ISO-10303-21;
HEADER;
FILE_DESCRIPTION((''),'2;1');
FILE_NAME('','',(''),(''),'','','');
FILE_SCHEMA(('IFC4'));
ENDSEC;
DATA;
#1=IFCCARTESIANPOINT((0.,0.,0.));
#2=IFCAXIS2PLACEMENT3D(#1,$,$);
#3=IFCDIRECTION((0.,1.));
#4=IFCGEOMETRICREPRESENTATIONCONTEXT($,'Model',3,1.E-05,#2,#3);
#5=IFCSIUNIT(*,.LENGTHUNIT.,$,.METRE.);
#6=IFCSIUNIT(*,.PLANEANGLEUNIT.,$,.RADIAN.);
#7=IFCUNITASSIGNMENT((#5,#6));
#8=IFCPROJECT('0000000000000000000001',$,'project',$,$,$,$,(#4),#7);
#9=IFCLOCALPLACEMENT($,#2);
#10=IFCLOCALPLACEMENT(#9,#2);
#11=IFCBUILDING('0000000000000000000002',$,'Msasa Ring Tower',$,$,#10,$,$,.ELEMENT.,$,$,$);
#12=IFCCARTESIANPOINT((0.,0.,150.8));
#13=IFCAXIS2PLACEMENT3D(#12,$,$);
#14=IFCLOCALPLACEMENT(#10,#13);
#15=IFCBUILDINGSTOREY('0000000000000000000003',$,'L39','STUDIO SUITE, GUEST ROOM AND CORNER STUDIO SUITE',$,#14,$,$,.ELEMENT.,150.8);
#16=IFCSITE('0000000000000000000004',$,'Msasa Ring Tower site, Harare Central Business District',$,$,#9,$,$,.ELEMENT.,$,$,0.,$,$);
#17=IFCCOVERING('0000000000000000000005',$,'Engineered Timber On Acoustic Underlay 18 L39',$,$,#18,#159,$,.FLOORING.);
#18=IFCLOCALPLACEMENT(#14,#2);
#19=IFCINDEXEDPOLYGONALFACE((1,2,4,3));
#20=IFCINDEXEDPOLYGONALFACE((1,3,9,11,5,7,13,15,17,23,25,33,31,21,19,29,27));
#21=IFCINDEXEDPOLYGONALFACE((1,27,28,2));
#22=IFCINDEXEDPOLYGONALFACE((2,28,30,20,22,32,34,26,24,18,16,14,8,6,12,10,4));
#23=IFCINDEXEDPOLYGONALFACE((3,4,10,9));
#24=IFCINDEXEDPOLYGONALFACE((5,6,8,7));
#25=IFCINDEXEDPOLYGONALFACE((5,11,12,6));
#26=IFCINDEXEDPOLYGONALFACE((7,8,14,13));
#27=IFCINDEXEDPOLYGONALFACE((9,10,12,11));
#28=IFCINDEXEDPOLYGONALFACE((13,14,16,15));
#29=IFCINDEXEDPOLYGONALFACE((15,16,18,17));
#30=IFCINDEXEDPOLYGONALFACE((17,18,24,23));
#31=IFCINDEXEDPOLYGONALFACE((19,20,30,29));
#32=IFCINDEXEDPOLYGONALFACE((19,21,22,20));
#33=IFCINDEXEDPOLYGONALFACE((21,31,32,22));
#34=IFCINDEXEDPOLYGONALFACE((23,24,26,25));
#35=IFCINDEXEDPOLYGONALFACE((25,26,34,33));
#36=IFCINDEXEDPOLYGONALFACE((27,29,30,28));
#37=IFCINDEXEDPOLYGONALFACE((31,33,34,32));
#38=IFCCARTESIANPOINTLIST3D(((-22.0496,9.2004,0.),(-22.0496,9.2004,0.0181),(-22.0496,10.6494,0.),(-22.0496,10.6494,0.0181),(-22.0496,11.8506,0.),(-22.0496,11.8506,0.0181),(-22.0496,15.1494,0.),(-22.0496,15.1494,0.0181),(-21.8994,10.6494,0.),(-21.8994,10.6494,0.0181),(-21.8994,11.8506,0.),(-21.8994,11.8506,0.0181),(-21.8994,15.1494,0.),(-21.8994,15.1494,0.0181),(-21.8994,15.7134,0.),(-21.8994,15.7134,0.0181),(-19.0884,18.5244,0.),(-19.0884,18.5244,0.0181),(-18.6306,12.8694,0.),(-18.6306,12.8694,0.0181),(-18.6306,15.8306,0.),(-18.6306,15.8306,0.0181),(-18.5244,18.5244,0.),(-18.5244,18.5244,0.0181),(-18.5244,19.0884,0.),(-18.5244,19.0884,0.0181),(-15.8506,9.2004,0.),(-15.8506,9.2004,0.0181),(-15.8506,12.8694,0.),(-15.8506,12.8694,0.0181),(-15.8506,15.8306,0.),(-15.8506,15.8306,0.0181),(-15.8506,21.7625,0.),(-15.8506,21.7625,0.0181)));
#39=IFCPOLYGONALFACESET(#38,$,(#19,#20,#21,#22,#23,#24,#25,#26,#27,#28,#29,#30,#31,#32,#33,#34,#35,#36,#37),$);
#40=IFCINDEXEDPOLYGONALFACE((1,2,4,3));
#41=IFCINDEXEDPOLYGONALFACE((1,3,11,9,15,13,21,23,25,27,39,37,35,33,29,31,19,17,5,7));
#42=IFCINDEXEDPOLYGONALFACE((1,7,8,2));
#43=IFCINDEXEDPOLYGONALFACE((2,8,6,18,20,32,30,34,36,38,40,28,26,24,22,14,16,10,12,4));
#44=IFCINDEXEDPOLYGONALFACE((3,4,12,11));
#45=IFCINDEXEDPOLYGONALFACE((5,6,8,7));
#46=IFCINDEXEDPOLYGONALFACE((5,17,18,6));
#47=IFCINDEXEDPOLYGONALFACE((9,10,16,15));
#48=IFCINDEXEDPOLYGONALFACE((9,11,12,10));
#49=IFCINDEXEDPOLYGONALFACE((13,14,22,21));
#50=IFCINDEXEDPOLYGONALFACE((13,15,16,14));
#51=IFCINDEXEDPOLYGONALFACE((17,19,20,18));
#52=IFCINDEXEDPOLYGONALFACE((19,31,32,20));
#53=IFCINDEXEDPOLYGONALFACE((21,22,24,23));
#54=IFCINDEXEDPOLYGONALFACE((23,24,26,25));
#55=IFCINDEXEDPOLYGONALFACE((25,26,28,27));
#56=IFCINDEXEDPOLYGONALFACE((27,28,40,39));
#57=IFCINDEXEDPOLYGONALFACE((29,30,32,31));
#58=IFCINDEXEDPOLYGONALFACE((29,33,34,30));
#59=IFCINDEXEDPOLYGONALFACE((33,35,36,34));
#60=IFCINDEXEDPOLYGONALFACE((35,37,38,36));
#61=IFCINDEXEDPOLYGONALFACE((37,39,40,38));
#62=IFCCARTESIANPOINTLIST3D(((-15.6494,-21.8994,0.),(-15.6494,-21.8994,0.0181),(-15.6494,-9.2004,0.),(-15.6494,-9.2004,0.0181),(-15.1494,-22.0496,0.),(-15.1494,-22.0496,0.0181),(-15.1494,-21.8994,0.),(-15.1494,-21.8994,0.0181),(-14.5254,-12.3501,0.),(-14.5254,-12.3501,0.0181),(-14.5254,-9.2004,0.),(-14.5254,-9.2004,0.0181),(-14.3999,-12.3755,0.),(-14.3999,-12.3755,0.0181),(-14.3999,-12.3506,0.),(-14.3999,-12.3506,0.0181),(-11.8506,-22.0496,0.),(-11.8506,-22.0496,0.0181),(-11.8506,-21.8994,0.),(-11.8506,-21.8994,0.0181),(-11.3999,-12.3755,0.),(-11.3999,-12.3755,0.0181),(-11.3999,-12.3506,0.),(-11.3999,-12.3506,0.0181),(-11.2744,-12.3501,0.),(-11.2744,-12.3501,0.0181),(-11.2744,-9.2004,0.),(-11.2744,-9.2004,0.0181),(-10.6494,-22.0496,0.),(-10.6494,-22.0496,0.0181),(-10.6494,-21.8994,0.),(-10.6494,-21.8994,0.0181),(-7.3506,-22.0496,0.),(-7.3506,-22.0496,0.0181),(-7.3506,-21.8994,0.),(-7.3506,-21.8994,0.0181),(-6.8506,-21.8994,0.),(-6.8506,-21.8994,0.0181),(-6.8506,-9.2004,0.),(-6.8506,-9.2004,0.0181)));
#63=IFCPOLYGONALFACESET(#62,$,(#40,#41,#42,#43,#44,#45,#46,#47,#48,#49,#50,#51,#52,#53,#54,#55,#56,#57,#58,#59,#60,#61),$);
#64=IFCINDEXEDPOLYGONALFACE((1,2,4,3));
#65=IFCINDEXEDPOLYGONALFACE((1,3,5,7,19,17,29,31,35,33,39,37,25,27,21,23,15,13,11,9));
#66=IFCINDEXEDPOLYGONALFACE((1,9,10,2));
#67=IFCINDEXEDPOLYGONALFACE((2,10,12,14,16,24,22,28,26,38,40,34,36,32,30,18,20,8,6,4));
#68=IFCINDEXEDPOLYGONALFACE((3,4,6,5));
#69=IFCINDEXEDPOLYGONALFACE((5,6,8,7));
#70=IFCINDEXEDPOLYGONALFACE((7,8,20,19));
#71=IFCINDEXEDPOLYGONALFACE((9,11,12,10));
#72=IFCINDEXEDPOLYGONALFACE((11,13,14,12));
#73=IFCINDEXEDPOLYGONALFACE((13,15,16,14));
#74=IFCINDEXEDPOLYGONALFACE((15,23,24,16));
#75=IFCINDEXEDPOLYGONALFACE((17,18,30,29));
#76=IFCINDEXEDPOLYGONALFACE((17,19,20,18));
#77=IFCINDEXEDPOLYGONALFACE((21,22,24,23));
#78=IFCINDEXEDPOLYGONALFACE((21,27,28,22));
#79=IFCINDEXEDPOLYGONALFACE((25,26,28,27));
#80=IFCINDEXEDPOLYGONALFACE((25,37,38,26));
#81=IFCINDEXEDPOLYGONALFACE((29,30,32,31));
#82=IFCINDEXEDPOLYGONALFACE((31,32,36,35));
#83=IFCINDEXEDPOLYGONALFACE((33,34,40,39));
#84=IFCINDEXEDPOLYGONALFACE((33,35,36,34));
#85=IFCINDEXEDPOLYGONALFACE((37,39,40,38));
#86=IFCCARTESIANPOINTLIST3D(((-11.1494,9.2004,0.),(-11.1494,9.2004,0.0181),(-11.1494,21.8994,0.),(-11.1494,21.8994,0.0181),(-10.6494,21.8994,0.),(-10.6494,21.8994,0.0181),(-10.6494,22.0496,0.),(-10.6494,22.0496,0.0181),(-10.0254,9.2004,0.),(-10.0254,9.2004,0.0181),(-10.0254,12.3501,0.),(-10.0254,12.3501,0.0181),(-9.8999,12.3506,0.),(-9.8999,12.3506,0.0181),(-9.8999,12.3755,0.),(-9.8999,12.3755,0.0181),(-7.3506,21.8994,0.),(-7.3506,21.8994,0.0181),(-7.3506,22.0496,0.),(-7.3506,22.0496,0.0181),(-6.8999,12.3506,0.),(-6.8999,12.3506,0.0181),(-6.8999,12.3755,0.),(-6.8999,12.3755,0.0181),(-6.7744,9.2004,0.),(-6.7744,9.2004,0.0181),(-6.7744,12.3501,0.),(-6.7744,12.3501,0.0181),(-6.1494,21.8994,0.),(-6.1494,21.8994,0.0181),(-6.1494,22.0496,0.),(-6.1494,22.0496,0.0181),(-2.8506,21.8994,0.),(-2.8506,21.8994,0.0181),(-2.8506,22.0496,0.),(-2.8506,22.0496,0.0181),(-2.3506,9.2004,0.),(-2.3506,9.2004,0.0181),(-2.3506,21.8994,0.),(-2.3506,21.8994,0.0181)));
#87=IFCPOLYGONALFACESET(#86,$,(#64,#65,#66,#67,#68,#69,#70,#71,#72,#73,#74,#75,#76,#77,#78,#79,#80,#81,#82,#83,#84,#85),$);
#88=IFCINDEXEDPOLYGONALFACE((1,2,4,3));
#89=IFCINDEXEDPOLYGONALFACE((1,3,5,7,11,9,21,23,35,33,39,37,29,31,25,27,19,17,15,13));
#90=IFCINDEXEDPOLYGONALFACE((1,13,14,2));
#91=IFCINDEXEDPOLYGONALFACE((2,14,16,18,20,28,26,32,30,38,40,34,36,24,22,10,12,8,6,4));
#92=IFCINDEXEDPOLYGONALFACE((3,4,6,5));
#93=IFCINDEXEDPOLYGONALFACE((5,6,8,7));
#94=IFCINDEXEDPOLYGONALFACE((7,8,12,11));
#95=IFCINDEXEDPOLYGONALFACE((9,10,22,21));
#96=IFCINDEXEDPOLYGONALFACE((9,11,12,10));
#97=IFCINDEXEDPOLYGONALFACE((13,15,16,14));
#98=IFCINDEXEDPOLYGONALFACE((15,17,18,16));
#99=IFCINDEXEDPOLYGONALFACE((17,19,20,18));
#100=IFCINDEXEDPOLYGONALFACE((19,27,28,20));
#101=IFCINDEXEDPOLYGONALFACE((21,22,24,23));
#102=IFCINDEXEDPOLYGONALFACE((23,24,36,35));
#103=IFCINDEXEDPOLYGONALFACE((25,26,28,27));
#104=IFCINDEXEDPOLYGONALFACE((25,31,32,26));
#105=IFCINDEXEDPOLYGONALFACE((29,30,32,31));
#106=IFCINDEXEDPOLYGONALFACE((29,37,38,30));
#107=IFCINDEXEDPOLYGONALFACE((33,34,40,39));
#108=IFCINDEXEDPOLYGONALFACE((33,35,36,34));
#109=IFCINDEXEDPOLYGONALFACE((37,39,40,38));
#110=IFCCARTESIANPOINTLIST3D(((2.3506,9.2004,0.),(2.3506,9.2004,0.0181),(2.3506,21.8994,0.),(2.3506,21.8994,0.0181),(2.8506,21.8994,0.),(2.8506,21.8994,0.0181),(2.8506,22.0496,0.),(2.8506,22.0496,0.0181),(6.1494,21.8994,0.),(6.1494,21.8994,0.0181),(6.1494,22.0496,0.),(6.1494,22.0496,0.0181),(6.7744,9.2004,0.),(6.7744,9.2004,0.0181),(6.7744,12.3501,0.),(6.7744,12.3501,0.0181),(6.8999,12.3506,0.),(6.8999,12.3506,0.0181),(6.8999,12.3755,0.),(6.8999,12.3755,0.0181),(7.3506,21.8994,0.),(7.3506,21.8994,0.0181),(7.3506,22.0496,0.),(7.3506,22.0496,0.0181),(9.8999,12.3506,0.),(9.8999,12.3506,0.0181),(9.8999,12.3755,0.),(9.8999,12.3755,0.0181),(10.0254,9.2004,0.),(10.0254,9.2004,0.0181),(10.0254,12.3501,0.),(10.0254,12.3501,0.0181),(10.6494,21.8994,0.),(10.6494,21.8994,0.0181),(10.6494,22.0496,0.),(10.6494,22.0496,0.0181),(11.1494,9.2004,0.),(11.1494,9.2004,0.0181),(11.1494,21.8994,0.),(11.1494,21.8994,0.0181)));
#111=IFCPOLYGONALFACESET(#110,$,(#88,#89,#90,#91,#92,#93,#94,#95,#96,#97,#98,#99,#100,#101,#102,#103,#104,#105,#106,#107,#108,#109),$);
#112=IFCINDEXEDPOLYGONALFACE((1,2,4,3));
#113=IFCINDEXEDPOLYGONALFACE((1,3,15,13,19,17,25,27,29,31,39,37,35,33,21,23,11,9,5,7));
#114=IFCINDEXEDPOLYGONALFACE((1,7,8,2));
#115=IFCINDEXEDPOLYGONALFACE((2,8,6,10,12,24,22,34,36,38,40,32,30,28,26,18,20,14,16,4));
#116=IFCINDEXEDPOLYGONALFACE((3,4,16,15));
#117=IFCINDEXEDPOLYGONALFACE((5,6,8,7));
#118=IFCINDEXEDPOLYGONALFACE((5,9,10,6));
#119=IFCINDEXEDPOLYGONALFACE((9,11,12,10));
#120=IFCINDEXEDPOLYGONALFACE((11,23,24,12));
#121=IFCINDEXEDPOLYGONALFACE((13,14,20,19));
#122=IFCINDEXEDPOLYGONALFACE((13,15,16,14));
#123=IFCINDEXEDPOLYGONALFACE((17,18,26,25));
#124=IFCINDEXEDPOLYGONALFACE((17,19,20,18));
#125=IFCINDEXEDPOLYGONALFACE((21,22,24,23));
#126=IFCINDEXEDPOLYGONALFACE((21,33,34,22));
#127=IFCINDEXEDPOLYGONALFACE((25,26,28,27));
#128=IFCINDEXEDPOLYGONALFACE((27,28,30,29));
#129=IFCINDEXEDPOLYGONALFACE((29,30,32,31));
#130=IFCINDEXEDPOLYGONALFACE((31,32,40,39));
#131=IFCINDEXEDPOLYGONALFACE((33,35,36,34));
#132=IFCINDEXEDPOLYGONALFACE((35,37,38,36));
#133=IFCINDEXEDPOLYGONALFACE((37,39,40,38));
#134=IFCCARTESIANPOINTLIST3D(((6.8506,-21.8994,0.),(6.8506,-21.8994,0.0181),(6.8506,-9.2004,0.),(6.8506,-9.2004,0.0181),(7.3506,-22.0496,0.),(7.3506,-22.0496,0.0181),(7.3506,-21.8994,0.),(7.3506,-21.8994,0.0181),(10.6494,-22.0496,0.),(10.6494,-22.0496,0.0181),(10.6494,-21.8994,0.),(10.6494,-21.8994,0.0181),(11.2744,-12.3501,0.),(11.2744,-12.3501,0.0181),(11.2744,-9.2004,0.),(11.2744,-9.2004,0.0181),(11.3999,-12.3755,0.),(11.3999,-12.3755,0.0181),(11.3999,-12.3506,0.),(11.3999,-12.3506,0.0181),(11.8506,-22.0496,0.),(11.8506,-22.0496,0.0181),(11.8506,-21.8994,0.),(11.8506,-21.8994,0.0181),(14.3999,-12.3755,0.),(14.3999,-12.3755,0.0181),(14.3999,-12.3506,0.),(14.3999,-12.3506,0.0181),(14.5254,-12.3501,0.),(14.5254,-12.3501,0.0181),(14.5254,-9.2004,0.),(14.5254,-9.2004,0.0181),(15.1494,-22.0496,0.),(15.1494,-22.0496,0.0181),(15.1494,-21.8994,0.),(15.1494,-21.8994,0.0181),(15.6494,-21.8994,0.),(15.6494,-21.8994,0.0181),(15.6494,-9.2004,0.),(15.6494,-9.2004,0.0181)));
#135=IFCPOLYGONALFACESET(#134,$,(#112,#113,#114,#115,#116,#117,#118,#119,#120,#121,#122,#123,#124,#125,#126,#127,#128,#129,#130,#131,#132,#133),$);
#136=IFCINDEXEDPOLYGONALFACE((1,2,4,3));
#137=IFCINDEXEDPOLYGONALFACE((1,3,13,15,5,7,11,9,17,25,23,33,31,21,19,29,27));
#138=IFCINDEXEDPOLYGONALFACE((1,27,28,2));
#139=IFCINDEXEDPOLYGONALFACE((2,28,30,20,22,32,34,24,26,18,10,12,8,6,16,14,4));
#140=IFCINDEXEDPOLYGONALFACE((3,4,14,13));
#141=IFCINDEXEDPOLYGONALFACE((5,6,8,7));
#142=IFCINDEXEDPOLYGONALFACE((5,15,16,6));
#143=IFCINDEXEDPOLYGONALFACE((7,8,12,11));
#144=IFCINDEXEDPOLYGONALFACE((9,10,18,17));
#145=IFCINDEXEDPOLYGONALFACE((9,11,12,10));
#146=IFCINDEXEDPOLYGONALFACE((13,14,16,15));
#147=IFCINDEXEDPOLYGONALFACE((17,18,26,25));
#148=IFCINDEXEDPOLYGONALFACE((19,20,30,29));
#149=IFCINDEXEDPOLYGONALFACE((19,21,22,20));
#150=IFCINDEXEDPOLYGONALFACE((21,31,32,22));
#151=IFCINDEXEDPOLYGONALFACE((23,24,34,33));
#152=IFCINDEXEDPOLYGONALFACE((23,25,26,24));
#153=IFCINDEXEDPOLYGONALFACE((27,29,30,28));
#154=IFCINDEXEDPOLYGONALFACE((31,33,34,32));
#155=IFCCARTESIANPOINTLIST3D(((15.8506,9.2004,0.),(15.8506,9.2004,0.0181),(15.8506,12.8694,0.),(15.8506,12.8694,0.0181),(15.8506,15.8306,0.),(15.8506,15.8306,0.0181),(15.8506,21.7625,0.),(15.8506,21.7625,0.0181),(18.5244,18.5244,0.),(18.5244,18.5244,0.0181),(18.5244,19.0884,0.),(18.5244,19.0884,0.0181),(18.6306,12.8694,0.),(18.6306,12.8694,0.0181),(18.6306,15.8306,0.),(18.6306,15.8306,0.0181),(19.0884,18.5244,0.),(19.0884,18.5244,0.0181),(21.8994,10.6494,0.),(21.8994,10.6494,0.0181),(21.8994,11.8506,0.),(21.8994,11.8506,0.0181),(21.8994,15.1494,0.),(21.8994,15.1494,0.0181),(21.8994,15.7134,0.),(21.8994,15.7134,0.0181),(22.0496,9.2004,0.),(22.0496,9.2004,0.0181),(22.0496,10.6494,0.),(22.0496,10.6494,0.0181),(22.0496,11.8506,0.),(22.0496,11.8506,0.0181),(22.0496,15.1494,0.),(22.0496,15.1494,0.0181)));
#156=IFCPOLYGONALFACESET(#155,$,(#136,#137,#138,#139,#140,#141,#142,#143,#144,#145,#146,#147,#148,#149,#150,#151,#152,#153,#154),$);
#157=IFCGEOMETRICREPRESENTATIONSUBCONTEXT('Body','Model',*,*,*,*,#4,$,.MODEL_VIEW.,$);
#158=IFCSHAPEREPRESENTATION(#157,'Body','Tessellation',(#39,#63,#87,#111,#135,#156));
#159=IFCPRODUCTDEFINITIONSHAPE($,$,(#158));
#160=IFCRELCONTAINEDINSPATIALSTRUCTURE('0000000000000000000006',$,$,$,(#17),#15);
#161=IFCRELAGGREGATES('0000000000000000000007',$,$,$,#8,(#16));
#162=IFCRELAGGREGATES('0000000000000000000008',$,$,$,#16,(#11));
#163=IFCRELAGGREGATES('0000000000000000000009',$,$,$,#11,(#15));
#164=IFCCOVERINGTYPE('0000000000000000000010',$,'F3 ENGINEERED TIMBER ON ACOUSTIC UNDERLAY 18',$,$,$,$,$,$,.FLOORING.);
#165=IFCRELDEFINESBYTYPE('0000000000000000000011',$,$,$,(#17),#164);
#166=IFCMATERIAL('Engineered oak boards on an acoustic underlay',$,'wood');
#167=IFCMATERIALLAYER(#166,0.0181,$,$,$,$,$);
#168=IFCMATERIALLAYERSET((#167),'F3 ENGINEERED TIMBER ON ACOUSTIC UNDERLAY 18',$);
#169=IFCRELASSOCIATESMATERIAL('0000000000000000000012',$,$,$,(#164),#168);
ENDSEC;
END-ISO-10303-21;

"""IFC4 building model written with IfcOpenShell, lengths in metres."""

from ifc_helpers import new_model, si_unit, direction, frame, origin, place, context, subcontext, project, spatial, line, indexed_curve, outline, extrude, material, layer, layer_set, type_object, element, save


model = new_model("IFC4")

# Units and contexts
model_context = context("Model", 3, precision=1e-05, world=origin(), true_north=direction((0.0, 1.0)))
body_context = subcontext(model_context, "Body", "Model", "MODEL_VIEW")
ifc_project = project(units=[si_unit("LENGTHUNIT", "METRE"), si_unit("PLANEANGLEUNIT", "RADIAN")], contexts=[model_context])

# Site, building, storey
site_placement = place(None, origin())
site = spatial("IfcSite", under=ifc_project, at=site_placement, Name="Msasa Ring Tower site, Harare Central Business District", CompositionType="ELEMENT", RefElevation=0.0)
building_placement = place(site_placement, origin())
building = spatial("IfcBuilding", under=site, at=building_placement, Name="Msasa Ring Tower", CompositionType="ELEMENT")
storey_placement = place(building_placement, frame((0.0, 0.0, 150.8)))
storey = spatial("IfcBuildingStorey", under=building, at=storey_placement, Name="L39", Description="STUDIO SUITE, GUEST ROOM AND CORNER STUDIO SUITE", CompositionType="ELEMENT", Elevation=150.8)

# Covering
ifc_material_1 = material(Name="Engineered oak boards on an acoustic underlay", Category="wood")
ifc_layer_1 = layer(ifc_material_1, 0.0181)
ifc_layer_set_1 = layer_set([ifc_layer_1], Name="F3 ENGINEERED TIMBER ON ACOUSTIC UNDERLAY 18")
covering_type_1 = type_object("IfcCoveringType", Name="F3 ENGINEERED TIMBER ON ACOUSTIC UNDERLAY 18", PredefinedType="FLOORING", material=ifc_layer_set_1)
covering_1_placement = place(storey_placement, origin())
element("IfcCovering", 1, at=covering_1_placement, inside=storey, type_object=covering_type_1, Name="Engineered Timber On Acoustic Underlay 18 L39", PredefinedType="FLOORING", context=body_context, shape_type="SweptSolid", body=[
    extrude(outline(indexed_curve([(-18.6306, 12.8694), (-15.8506, 12.8694), (-15.8506, 9.2004), (-22.0496, 9.2004), (-22.0496, 10.6494), (-21.8994, 10.6494), (-21.8994, 11.8506), (-22.0496, 11.8506), (-22.0496, 15.1494), (-21.8994, 15.1494), (-21.8994, 15.7134), (-19.0884, 18.5244), (-18.5244, 18.5244), (-18.5244, 19.0884), (-15.8506, 21.7625), (-15.8506, 15.8306), (-18.6306, 15.8306)], segments=[line(1, 2, 3, 4, 5, 6, 7, 8, 9, 10, 11, 12, 13, 14, 15, 16, 17, 1)], self_intersect=False)), origin(), (0.0, 0.0, 1.0), 0.0181),
    extrude(outline(indexed_curve([(-14.5254, -9.2004), (-14.5254, -12.3501), (-14.3999, -12.3506), (-14.3999, -12.3755), (-11.3999, -12.3755), (-11.3999, -12.3506), (-11.2744, -12.3501), (-11.2744, -9.2004), (-6.8506, -9.2004), (-6.8506, -21.8994), (-7.3506, -21.8994), (-7.3506, -22.0496), (-10.6494, -22.0496), (-10.6494, -21.8994), (-11.8506, -21.8994), (-11.8506, -22.0496), (-15.1494, -22.0496), (-15.1494, -21.8994), (-15.6494, -21.8994), (-15.6494, -9.2004)], segments=[line(1, 2, 3, 4, 5, 6, 7, 8, 9, 10, 11, 12, 13, 14, 15, 16, 17, 18, 19, 20, 1)], self_intersect=False)), origin(), (0.0, 0.0, 1.0), 0.0181),
    extrude(outline(indexed_curve([(-6.8999, 12.3506), (-6.8999, 12.3755), (-9.8999, 12.3755), (-9.8999, 12.3506), (-10.0254, 12.3501), (-10.0254, 9.2004), (-11.1494, 9.2004), (-11.1494, 21.8994), (-10.6494, 21.8994), (-10.6494, 22.0496), (-7.3506, 22.0496), (-7.3506, 21.8994), (-6.1494, 21.8994), (-6.1494, 22.0496), (-2.8506, 22.0496), (-2.8506, 21.8994), (-2.3506, 21.8994), (-2.3506, 9.2004), (-6.7744, 9.2004), (-6.7744, 12.3501)], segments=[line(1, 2, 3, 4, 5, 6, 7, 8, 9, 10, 11, 12, 13, 14, 15, 16, 17, 18, 19, 20, 1)], self_intersect=False)), origin(), (0.0, 0.0, 1.0), 0.0181),
    extrude(outline(indexed_curve([(9.8999, 12.3506), (9.8999, 12.3755), (6.8999, 12.3755), (6.8999, 12.3506), (6.7744, 12.3501), (6.7744, 9.2004), (2.3506, 9.2004), (2.3506, 21.8994), (2.8506, 21.8994), (2.8506, 22.0496), (6.1494, 22.0496), (6.1494, 21.8994), (7.3506, 21.8994), (7.3506, 22.0496), (10.6494, 22.0496), (10.6494, 21.8994), (11.1494, 21.8994), (11.1494, 9.2004), (10.0254, 9.2004), (10.0254, 12.3501)], segments=[line(1, 2, 3, 4, 5, 6, 7, 8, 9, 10, 11, 12, 13, 14, 15, 16, 17, 18, 19, 20, 1)], self_intersect=False)), origin(), (0.0, 0.0, 1.0), 0.0181),
    extrude(outline(indexed_curve([(11.2744, -12.3501), (11.3999, -12.3506), (11.3999, -12.3755), (14.3999, -12.3755), (14.3999, -12.3506), (14.5254, -12.3501), (14.5254, -9.2004), (15.6494, -9.2004), (15.6494, -21.8994), (15.1494, -21.8994), (15.1494, -22.0496), (11.8506, -22.0496), (11.8506, -21.8994), (10.6494, -21.8994), (10.6494, -22.0496), (7.3506, -22.0496), (7.3506, -21.8994), (6.8506, -21.8994), (6.8506, -9.2004), (11.2744, -9.2004)], segments=[line(1, 2, 3, 4, 5, 6, 7, 8, 9, 10, 11, 12, 13, 14, 15, 16, 17, 18, 19, 20, 1)], self_intersect=False)), origin(), (0.0, 0.0, 1.0), 0.0181),
    extrude(outline(indexed_curve([(15.8506, 15.8306), (15.8506, 21.7625), (18.5244, 19.0884), (18.5244, 18.5244), (19.0884, 18.5244), (21.8994, 15.7134), (21.8994, 15.1494), (22.0496, 15.1494), (22.0496, 11.8506), (21.8994, 11.8506), (21.8994, 10.6494), (22.0496, 10.6494), (22.0496, 9.2004), (15.8506, 9.2004), (15.8506, 12.8694), (18.6306, 12.8694), (18.6306, 15.8306)], segments=[line(1, 2, 3, 4, 5, 6, 7, 8, 9, 10, 11, 12, 13, 14, 15, 16, 17, 1)], self_intersect=False)), origin(), (0.0, 0.0, 1.0), 0.0181),
])

save(model, "model.ifc")
